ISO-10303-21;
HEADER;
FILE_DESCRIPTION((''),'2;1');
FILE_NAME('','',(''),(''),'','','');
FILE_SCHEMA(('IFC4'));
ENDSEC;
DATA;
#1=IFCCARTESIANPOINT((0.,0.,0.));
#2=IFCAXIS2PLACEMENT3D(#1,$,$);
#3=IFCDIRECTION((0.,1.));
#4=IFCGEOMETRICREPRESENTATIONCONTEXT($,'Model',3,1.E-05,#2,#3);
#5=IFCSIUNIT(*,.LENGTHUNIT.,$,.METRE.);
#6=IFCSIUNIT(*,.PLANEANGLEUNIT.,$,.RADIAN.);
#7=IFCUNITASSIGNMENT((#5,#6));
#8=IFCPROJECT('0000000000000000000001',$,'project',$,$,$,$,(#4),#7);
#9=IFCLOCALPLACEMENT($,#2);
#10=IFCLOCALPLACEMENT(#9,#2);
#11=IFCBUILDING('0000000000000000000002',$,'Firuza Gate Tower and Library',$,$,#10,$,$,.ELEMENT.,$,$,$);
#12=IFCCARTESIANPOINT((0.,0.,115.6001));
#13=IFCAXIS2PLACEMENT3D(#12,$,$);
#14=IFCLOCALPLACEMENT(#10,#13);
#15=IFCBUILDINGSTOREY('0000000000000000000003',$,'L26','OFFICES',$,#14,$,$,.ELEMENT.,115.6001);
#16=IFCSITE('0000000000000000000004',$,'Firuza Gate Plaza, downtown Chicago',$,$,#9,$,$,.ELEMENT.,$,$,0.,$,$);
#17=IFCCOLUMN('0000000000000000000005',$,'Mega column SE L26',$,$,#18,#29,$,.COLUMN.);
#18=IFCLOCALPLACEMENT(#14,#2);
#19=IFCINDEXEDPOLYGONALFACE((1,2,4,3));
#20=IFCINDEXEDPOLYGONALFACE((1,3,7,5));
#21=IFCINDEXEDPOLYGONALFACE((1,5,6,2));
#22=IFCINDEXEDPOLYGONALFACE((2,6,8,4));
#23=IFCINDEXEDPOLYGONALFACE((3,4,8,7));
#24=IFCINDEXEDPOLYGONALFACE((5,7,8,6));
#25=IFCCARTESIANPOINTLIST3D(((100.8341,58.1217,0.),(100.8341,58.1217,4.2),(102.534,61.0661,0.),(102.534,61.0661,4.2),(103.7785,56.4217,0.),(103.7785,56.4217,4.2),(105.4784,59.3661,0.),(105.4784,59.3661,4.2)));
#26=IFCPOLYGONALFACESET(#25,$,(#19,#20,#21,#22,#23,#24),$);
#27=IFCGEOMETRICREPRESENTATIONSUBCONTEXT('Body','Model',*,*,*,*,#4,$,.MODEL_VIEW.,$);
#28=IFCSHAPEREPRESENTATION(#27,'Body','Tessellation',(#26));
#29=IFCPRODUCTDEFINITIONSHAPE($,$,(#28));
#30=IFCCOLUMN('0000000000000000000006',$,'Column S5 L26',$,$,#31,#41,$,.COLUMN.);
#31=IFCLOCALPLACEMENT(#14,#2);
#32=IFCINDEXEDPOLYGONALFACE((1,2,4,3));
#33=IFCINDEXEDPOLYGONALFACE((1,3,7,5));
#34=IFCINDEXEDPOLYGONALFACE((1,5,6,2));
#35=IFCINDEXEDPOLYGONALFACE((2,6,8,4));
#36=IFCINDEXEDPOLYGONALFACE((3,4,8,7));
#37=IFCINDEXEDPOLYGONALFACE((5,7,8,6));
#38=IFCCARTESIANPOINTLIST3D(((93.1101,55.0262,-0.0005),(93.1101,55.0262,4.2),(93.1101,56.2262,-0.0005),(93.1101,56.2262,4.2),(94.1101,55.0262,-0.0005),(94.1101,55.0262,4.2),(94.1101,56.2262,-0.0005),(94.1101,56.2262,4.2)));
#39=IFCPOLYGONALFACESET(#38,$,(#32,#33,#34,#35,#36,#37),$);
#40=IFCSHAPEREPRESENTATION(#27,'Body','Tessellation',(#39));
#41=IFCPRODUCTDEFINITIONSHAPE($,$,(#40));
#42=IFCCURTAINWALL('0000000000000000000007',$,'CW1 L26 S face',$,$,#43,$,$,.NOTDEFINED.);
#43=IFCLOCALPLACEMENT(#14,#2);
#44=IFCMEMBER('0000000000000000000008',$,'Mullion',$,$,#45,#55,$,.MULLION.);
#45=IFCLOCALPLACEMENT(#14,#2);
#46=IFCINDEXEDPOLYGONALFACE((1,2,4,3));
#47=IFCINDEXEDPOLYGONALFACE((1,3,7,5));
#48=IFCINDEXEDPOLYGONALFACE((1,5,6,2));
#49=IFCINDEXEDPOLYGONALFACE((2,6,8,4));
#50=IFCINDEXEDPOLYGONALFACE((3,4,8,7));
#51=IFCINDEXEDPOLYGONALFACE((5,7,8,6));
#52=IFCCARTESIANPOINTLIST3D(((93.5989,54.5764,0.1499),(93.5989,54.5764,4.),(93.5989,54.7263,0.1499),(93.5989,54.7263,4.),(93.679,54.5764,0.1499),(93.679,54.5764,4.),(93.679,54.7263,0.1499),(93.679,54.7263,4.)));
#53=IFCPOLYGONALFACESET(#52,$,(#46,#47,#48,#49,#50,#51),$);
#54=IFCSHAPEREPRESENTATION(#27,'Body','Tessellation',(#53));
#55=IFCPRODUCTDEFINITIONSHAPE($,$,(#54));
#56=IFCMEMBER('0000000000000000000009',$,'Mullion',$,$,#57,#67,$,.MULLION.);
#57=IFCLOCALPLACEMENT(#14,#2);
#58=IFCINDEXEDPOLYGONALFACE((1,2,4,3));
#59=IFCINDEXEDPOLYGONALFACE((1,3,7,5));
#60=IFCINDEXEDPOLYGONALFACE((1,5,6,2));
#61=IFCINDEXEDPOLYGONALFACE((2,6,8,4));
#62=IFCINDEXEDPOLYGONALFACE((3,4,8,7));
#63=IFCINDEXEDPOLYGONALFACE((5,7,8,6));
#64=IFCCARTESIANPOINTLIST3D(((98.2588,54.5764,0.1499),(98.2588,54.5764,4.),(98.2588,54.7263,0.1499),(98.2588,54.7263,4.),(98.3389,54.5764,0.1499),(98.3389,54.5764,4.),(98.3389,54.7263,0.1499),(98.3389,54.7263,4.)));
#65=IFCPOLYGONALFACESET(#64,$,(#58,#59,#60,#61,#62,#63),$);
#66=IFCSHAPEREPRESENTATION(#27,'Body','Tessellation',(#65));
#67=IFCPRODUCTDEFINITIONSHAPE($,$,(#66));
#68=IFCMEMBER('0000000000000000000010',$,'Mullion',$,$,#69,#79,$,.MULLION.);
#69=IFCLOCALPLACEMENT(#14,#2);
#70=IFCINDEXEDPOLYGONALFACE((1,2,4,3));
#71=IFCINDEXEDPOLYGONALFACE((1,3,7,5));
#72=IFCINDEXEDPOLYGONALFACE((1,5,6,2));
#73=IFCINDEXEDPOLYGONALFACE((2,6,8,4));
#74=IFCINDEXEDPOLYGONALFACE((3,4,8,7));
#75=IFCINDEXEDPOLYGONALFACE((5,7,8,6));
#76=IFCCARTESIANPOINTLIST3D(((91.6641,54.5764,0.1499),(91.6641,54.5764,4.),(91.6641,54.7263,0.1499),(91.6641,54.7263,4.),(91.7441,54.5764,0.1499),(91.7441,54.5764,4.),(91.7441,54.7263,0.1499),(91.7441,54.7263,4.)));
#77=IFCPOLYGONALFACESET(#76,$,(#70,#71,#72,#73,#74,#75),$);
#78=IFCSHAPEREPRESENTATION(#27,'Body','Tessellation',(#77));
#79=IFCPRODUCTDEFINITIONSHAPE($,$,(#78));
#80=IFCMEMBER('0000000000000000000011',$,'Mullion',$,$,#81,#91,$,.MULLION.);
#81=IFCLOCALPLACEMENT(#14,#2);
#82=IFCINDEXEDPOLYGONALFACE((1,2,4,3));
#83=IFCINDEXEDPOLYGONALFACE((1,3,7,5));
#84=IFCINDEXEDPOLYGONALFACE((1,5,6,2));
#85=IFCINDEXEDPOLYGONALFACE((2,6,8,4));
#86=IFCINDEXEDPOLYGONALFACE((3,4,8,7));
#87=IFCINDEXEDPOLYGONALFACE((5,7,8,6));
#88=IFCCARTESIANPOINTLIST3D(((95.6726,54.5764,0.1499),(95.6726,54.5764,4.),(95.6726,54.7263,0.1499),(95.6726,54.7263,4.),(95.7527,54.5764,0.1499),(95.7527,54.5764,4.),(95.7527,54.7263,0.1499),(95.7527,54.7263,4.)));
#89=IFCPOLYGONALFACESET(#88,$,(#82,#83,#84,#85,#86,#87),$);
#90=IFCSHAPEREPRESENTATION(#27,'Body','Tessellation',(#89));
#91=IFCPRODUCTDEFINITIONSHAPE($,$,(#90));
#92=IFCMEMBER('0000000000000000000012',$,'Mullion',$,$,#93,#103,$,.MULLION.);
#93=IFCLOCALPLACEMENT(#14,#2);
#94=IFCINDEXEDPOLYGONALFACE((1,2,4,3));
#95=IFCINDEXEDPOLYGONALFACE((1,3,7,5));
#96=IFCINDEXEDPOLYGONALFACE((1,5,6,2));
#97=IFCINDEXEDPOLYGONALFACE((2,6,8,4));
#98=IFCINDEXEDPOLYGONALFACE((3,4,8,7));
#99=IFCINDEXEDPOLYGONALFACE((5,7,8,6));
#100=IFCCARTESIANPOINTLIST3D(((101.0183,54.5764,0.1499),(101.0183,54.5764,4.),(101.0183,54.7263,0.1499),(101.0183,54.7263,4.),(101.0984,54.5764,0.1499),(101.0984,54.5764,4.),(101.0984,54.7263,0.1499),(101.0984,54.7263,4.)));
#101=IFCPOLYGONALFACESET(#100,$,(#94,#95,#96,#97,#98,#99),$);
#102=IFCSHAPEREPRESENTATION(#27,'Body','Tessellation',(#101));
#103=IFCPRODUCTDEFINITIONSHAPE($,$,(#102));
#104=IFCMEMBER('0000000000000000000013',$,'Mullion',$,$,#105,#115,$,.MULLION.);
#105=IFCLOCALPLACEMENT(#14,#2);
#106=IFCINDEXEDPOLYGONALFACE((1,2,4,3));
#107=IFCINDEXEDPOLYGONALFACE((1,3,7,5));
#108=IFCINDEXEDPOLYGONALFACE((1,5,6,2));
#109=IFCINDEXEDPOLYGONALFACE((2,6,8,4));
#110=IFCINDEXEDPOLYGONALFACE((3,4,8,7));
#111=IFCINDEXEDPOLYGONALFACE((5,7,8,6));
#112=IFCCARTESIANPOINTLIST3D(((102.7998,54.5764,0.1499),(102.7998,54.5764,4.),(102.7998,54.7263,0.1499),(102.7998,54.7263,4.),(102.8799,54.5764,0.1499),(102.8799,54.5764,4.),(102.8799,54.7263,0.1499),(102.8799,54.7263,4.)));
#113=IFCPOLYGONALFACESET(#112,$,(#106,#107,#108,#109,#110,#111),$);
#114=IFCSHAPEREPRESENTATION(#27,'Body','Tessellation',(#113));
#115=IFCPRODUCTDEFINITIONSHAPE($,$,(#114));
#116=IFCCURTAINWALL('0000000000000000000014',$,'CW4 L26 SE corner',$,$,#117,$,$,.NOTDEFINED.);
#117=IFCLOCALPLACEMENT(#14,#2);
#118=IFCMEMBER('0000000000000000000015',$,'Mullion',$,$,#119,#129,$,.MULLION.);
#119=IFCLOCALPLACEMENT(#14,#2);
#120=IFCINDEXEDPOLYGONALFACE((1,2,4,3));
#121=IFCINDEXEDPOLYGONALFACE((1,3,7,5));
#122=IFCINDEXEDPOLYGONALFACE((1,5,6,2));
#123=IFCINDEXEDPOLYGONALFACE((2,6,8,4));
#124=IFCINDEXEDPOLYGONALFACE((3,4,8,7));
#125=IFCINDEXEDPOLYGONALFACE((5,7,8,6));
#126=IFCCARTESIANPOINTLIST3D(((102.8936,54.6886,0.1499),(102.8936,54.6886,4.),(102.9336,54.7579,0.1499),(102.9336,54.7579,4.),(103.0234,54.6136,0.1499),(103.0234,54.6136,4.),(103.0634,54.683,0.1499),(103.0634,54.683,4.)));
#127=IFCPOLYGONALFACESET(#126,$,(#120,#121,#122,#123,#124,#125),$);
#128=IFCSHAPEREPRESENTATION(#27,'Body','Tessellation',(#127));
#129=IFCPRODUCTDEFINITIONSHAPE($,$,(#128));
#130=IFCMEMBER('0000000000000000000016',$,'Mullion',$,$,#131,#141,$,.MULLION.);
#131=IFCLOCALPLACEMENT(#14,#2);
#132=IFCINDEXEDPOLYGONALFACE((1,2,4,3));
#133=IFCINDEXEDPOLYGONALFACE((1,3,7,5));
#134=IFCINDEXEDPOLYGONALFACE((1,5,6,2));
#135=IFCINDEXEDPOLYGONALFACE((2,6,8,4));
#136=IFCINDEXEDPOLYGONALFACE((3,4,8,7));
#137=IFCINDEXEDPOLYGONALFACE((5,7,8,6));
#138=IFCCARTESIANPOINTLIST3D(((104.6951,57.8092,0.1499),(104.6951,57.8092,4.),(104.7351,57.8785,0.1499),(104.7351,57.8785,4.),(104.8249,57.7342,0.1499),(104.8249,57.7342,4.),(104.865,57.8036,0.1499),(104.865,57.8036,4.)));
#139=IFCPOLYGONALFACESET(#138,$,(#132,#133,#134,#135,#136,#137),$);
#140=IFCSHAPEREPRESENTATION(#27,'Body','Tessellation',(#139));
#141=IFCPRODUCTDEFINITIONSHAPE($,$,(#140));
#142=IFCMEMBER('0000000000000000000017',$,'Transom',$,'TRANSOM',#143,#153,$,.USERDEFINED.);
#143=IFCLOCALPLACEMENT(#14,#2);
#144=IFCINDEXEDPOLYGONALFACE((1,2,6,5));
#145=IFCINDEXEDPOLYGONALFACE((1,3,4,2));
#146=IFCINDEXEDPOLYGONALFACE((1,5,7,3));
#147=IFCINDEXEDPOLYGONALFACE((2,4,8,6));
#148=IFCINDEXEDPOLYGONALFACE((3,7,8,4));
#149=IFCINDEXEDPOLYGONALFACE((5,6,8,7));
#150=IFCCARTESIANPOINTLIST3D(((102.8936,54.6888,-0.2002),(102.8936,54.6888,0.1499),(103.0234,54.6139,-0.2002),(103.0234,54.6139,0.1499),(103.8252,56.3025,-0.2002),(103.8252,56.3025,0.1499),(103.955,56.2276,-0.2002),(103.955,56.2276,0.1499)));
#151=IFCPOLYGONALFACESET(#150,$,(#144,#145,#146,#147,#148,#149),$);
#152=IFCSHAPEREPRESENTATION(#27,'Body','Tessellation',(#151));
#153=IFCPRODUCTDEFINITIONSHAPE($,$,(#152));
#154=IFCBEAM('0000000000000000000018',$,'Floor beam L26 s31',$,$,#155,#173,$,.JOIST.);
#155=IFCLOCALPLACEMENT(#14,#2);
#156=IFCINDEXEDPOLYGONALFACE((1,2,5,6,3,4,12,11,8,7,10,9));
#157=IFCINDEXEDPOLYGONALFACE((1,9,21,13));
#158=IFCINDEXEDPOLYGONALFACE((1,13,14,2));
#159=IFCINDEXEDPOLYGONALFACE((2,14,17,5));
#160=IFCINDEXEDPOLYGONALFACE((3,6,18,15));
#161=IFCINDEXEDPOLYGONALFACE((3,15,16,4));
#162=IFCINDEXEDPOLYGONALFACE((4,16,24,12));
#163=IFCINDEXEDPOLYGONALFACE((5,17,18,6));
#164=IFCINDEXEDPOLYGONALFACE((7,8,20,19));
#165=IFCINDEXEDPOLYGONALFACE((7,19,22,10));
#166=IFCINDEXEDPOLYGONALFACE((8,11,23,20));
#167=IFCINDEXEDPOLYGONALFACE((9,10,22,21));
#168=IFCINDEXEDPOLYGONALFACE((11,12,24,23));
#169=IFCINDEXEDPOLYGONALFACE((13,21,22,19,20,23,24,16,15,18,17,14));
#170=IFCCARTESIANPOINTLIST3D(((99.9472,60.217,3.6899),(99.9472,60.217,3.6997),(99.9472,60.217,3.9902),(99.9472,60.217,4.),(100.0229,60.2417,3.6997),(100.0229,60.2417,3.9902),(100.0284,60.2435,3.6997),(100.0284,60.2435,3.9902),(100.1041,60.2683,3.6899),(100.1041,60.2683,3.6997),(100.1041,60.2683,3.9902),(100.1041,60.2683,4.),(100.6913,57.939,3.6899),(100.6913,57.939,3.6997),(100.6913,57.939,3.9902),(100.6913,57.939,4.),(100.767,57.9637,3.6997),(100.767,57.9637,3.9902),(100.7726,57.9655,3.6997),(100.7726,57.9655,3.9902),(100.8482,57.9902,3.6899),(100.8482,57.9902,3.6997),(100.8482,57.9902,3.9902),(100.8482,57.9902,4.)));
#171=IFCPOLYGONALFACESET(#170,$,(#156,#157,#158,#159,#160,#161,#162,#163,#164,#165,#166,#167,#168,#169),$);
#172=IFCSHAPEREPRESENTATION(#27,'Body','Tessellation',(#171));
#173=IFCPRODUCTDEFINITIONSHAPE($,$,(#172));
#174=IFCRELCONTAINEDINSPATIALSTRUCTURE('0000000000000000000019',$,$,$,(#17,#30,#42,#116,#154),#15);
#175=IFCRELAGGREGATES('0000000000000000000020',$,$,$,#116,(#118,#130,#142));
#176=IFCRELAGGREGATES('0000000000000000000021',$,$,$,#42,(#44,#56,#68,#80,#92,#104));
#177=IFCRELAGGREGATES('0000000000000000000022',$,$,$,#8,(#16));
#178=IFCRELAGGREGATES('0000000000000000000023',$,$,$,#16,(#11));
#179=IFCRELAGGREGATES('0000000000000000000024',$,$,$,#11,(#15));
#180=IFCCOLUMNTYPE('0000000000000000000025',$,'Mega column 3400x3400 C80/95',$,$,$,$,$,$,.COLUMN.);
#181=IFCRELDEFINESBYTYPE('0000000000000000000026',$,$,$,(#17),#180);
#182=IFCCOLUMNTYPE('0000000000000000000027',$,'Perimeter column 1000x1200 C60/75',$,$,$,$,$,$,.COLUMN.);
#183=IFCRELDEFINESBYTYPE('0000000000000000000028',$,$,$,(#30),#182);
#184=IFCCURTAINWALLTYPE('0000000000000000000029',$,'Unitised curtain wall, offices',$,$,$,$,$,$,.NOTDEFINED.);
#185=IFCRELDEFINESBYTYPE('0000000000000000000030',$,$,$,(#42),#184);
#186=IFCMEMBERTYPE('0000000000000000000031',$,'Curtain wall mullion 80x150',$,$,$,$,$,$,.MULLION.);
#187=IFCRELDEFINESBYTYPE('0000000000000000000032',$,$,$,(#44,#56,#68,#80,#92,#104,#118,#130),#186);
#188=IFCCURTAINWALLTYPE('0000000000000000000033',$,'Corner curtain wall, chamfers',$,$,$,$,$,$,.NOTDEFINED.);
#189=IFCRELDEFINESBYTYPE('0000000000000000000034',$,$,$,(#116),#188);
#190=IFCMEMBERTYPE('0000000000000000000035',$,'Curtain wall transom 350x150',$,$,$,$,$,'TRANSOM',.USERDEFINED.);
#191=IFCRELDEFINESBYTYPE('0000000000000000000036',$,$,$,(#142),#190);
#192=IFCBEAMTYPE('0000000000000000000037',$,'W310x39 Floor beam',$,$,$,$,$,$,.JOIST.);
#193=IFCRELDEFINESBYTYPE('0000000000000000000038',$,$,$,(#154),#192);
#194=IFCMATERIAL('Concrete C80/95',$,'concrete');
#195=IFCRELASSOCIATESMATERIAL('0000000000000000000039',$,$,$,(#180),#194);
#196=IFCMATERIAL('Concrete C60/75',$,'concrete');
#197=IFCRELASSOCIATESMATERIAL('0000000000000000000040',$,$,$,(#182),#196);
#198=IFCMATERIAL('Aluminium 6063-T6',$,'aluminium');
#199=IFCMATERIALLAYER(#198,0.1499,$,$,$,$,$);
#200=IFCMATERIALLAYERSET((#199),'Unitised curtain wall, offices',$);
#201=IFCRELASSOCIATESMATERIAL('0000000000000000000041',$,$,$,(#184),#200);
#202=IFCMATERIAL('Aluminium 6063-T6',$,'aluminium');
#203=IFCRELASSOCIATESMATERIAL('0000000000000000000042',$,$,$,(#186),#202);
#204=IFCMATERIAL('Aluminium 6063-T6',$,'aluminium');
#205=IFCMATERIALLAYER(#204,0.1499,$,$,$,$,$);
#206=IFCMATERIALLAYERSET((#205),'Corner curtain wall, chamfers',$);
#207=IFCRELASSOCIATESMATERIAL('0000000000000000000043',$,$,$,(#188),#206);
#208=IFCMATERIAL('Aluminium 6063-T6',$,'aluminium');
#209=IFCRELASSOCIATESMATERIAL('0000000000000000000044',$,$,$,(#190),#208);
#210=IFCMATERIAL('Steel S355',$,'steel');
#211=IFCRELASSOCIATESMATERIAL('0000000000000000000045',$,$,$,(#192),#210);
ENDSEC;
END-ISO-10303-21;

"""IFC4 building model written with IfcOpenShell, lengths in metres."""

from ifc_helpers import new_model, si_unit, direction, frame, origin, origin_2d, place, context, subcontext, project, spatial, rectangle, i_section, extrude, material, layer, layer_set, material_profile, profile_set, type_object, element, aggregate, save


model = new_model("IFC4")

# Units and contexts
model_context = context("Model", 3, precision=1e-05, world=origin(), true_north=direction((0.0, 1.0)))
body_context = subcontext(model_context, "Body", "Model", "MODEL_VIEW")
ifc_project = project(units=[si_unit("LENGTHUNIT", "METRE"), si_unit("PLANEANGLEUNIT", "RADIAN")], contexts=[model_context])

# Site, building, storey
site_placement = place(None, origin())
site = spatial("IfcSite", under=ifc_project, at=site_placement, Name="Firuza Gate Plaza, downtown Chicago", CompositionType="ELEMENT", RefElevation=0.0)
building_placement = place(site_placement, origin())
building = spatial("IfcBuilding", under=site, at=building_placement, Name="Firuza Gate Tower and Library", CompositionType="ELEMENT")
storey_placement = place(building_placement, frame((0.0, 0.0, 115.6001)))
storey = spatial("IfcBuildingStorey", under=building, at=storey_placement, Name="L26", Description="OFFICES", CompositionType="ELEMENT", Elevation=115.6001)

# Columns
ifc_material_1 = material(Name="Concrete C80/95", Category="concrete")
ifc_material_profile_1 = material_profile(ifc_material_1, rectangle(XDim=3.3999, YDim=3.3999, at=origin_2d()))
ifc_profile_set_1 = profile_set([ifc_material_profile_1], Name="Concrete C80/95")
column_type_1 = type_object("IfcColumnType", Name="Mega column 3400x3400 C80/95", PredefinedType="COLUMN", material=ifc_profile_set_1)
column_1_placement = place(storey_placement, frame((103.1562, 58.7439, 0.0), z_axis=(0.0, 0.0, 1.0), x_axis=(0.5, 0.866025, 0.0)))
element("IfcColumn", 1, at=column_1_placement, inside=storey, type_object=column_type_1, Name="Mega column SE L26", PredefinedType="COLUMN", context=body_context, shape_type="SweptSolid", body=[
    extrude(rectangle(XDim=3.3999, YDim=3.3999, at=origin_2d()), origin(), (0.0, 0.0, 1.0), 4.2),
])
ifc_material_2 = material(Name="Concrete C60/75", Category="concrete")
ifc_material_profile_2 = material_profile(ifc_material_2, rectangle(XDim=1.0, YDim=1.2, at=origin_2d()))
ifc_profile_set_2 = profile_set([ifc_material_profile_2], Name="Concrete C60/75")
column_type_2 = type_object("IfcColumnType", Name="Perimeter column 1000x1200 C60/75", PredefinedType="COLUMN", material=ifc_profile_set_2)
column_2_placement = place(storey_placement, frame((93.6101, 55.6262, -0.0005), z_axis=(0.0, 0.0, 1.0), x_axis=(1.0, 0.0, 0.0)))
element("IfcColumn", 2, at=column_2_placement, inside=storey, type_object=column_type_2, Name="Column S5 L26", PredefinedType="COLUMN", context=body_context, shape_type="SweptSolid", body=[
    extrude(rectangle(XDim=1.0, YDim=1.2, at=origin_2d()), origin(), (0.0, 0.0, 1.0), 4.2004),
])

# Curtain walls, members
ifc_material_3 = material(Name="Aluminium 6063-T6", Category="aluminium")
ifc_layer_1 = layer(ifc_material_3, 0.1499)
ifc_layer_set_1 = layer_set([ifc_layer_1], Name="Unitised curtain wall, offices")
curtain_wall_type_1 = type_object("IfcCurtainWallType", Name="Unitised curtain wall, offices", PredefinedType="NOTDEFINED", material=ifc_layer_set_1)
placement = place(storey_placement, origin())
curtain_wall_1 = element("IfcCurtainWall", 3, at=placement, inside=storey, type_object=curtain_wall_type_1, Name="CW1 L26 S face", PredefinedType="NOTDEFINED")
ifc_material_4 = material(Name="Aluminium 6063-T6", Category="aluminium")
ifc_material_profile_3 = material_profile(ifc_material_4, rectangle(XDim=0.1499, YDim=0.0801, at=origin_2d()))
ifc_profile_set_3 = profile_set([ifc_material_profile_3], Name="Aluminium 6063-T6")
member_type_1 = type_object("IfcMemberType", Name="Curtain wall mullion 80x150", PredefinedType="MULLION", material=ifc_profile_set_3)
member_1_placement = place(storey_placement, frame((93.6389, 54.6514, 0.1499), z_axis=(0.0, 0.0, 1.0), x_axis=(0.0, 1.0, 0.0)))
member_1 = element("IfcMember", 4, at=member_1_placement, type_object=member_type_1, Name="Mullion", PredefinedType="MULLION", context=body_context, shape_type="SweptSolid", body=[
    extrude(rectangle(XDim=0.1499, YDim=0.0801, at=origin_2d()), origin(), (0.0, 0.0, 1.0), 3.8501),
])
member_2_placement = place(storey_placement, frame((98.2988, 54.6514, 0.1499), z_axis=(0.0, 0.0, 1.0), x_axis=(0.0, 1.0, 0.0)))
member_2 = element("IfcMember", 5, at=member_2_placement, type_object=member_type_1, Name="Mullion", PredefinedType="MULLION", context=body_context, shape_type="SweptSolid", body=[
    extrude(rectangle(XDim=0.1499, YDim=0.0801, at=origin_2d()), origin(), (0.0, 0.0, 1.0), 3.8501),
])
member_3_placement = place(storey_placement, frame((91.7041, 54.6514, 0.1499), z_axis=(0.0, 0.0, 1.0), x_axis=(0.0, 1.0, 0.0)))
member_3 = element("IfcMember", 6, at=member_3_placement, type_object=member_type_1, Name="Mullion", PredefinedType="MULLION", context=body_context, shape_type="SweptSolid", body=[
    extrude(rectangle(XDim=0.1499, YDim=0.0801, at=origin_2d()), origin(), (0.0, 0.0, 1.0), 3.8501),
])
member_4_placement = place(storey_placement, frame((95.7126, 54.6514, 0.1499), z_axis=(0.0, 0.0, 1.0), x_axis=(0.0, 1.0, 0.0)))
member_4 = element("IfcMember", 7, at=member_4_placement, type_object=member_type_1, Name="Mullion", PredefinedType="MULLION", context=body_context, shape_type="SweptSolid", body=[
    extrude(rectangle(XDim=0.1499, YDim=0.0801, at=origin_2d()), origin(), (0.0, 0.0, 1.0), 3.8501),
])
member_5_placement = place(storey_placement, frame((101.0583, 54.6514, 0.1499), z_axis=(0.0, 0.0, 1.0), x_axis=(0.0, 1.0, 0.0)))
member_5 = element("IfcMember", 8, at=member_5_placement, type_object=member_type_1, Name="Mullion", PredefinedType="MULLION", context=body_context, shape_type="SweptSolid", body=[
    extrude(rectangle(XDim=0.1499, YDim=0.0801, at=origin_2d()), origin(), (0.0, 0.0, 1.0), 3.8501),
])
member_6_placement = place(storey_placement, frame((102.8398, 54.6514, 0.1499), z_axis=(0.0, 0.0, 1.0), x_axis=(0.0, 1.0, 0.0)))
member_6 = element("IfcMember", 9, at=member_6_placement, type_object=member_type_1, Name="Mullion", PredefinedType="MULLION", context=body_context, shape_type="SweptSolid", body=[
    extrude(rectangle(XDim=0.1499, YDim=0.0801, at=origin_2d()), origin(), (0.0, 0.0, 1.0), 3.8501),
])
ifc_material_5 = material(Name="Aluminium 6063-T6", Category="aluminium")
ifc_layer_2 = layer(ifc_material_5, 0.1499)
ifc_layer_set_2 = layer_set([ifc_layer_2], Name="Corner curtain wall, chamfers")
curtain_wall_type_2 = type_object("IfcCurtainWallType", Name="Corner curtain wall, chamfers", PredefinedType="NOTDEFINED", material=ifc_layer_set_2)
curtain_wall_2 = element("IfcCurtainWall", 10, at=placement, inside=storey, type_object=curtain_wall_type_2, Name="CW4 L26 SE corner", PredefinedType="NOTDEFINED")
member_7_placement = place(storey_placement, frame((102.9785, 54.6858, 0.1499), z_axis=(0.0, 0.0, 1.0), x_axis=(-0.866025, 0.5, 0.0)))
member_7 = element("IfcMember", 11, at=member_7_placement, type_object=member_type_1, Name="Mullion", PredefinedType="MULLION", context=body_context, shape_type="SweptSolid", body=[
    extrude(rectangle(XDim=0.1499, YDim=0.0801, at=origin_2d()), origin(), (0.0, 0.0, 1.0), 3.8501),
])
member_8_placement = place(storey_placement, frame((104.78, 57.8064, 0.1499), z_axis=(0.0, 0.0, 1.0), x_axis=(-0.866025, 0.5, 0.0)))
member_8 = element("IfcMember", 12, at=member_8_placement, type_object=member_type_1, Name="Mullion", PredefinedType="MULLION", context=body_context, shape_type="SweptSolid", body=[
    extrude(rectangle(XDim=0.1499, YDim=0.0801, at=origin_2d()), origin(), (0.0, 0.0, 1.0), 3.8501),
])
ifc_material_6 = material(Name="Aluminium 6063-T6", Category="aluminium")
ifc_material_profile_4 = material_profile(ifc_material_6, rectangle(XDim=0.1499, YDim=0.3501, at=origin_2d()))
ifc_profile_set_4 = profile_set([ifc_material_profile_4], Name="Aluminium 6063-T6")
member_type_2 = type_object("IfcMemberType", Name="Curtain wall transom 350x150", ElementType="TRANSOM", PredefinedType="USERDEFINED", material=ifc_profile_set_4)
member_9_placement = place(storey_placement, frame((102.9585, 54.6514, -0.0251), z_axis=(0.499972, 0.866042, 0.0), x_axis=(-0.866042, 0.499972, 0.0)))
member_9 = element("IfcMember", 13, at=member_9_placement, type_object=member_type_2, Name="Transom", ObjectType="TRANSOM", PredefinedType="USERDEFINED", context=body_context, shape_type="SweptSolid", body=[
    extrude(rectangle(XDim=0.1499, YDim=0.3501, at=origin_2d()), origin(), (0.0, 0.0, 1.0), 1.8633),
])

# Beam
ifc_material_7 = material(Name="Steel S355", Category="steel")
ifc_material_profile_5 = material_profile(ifc_material_7, i_section(OverallWidth=0.165, OverallDepth=0.3101, WebThickness=0.0059, FlangeThickness=0.0098, at=origin_2d()))
ifc_profile_set_5 = profile_set([ifc_material_profile_5], Name="Steel S355")
beam_type_1 = type_object("IfcBeamType", Name="W310x39 Floor beam", PredefinedType="JOIST", material=ifc_profile_set_5)
beam_1_placement = place(storey_placement, frame((100.7698, 57.9646, 3.845), z_axis=(-0.310507, 0.950571, 0.0), x_axis=(-0.950571, -0.310507, 0.0)))
element("IfcBeam", 14, at=beam_1_placement, inside=storey, type_object=beam_type_1, Name="Floor beam L26 s31", PredefinedType="JOIST", context=body_context, shape_type="SweptSolid", body=[
    extrude(i_section(OverallWidth=0.165, OverallDepth=0.3101, WebThickness=0.0059, FlangeThickness=0.0098, at=origin_2d()), origin(), (0.0, 0.0, 1.0), 2.3965),
])

aggregate(curtain_wall_2, [member_7, member_8, member_9])
aggregate(curtain_wall_1, [member_1, member_2, member_3, member_4, member_5, member_6])

save(model, "model.ifc")
